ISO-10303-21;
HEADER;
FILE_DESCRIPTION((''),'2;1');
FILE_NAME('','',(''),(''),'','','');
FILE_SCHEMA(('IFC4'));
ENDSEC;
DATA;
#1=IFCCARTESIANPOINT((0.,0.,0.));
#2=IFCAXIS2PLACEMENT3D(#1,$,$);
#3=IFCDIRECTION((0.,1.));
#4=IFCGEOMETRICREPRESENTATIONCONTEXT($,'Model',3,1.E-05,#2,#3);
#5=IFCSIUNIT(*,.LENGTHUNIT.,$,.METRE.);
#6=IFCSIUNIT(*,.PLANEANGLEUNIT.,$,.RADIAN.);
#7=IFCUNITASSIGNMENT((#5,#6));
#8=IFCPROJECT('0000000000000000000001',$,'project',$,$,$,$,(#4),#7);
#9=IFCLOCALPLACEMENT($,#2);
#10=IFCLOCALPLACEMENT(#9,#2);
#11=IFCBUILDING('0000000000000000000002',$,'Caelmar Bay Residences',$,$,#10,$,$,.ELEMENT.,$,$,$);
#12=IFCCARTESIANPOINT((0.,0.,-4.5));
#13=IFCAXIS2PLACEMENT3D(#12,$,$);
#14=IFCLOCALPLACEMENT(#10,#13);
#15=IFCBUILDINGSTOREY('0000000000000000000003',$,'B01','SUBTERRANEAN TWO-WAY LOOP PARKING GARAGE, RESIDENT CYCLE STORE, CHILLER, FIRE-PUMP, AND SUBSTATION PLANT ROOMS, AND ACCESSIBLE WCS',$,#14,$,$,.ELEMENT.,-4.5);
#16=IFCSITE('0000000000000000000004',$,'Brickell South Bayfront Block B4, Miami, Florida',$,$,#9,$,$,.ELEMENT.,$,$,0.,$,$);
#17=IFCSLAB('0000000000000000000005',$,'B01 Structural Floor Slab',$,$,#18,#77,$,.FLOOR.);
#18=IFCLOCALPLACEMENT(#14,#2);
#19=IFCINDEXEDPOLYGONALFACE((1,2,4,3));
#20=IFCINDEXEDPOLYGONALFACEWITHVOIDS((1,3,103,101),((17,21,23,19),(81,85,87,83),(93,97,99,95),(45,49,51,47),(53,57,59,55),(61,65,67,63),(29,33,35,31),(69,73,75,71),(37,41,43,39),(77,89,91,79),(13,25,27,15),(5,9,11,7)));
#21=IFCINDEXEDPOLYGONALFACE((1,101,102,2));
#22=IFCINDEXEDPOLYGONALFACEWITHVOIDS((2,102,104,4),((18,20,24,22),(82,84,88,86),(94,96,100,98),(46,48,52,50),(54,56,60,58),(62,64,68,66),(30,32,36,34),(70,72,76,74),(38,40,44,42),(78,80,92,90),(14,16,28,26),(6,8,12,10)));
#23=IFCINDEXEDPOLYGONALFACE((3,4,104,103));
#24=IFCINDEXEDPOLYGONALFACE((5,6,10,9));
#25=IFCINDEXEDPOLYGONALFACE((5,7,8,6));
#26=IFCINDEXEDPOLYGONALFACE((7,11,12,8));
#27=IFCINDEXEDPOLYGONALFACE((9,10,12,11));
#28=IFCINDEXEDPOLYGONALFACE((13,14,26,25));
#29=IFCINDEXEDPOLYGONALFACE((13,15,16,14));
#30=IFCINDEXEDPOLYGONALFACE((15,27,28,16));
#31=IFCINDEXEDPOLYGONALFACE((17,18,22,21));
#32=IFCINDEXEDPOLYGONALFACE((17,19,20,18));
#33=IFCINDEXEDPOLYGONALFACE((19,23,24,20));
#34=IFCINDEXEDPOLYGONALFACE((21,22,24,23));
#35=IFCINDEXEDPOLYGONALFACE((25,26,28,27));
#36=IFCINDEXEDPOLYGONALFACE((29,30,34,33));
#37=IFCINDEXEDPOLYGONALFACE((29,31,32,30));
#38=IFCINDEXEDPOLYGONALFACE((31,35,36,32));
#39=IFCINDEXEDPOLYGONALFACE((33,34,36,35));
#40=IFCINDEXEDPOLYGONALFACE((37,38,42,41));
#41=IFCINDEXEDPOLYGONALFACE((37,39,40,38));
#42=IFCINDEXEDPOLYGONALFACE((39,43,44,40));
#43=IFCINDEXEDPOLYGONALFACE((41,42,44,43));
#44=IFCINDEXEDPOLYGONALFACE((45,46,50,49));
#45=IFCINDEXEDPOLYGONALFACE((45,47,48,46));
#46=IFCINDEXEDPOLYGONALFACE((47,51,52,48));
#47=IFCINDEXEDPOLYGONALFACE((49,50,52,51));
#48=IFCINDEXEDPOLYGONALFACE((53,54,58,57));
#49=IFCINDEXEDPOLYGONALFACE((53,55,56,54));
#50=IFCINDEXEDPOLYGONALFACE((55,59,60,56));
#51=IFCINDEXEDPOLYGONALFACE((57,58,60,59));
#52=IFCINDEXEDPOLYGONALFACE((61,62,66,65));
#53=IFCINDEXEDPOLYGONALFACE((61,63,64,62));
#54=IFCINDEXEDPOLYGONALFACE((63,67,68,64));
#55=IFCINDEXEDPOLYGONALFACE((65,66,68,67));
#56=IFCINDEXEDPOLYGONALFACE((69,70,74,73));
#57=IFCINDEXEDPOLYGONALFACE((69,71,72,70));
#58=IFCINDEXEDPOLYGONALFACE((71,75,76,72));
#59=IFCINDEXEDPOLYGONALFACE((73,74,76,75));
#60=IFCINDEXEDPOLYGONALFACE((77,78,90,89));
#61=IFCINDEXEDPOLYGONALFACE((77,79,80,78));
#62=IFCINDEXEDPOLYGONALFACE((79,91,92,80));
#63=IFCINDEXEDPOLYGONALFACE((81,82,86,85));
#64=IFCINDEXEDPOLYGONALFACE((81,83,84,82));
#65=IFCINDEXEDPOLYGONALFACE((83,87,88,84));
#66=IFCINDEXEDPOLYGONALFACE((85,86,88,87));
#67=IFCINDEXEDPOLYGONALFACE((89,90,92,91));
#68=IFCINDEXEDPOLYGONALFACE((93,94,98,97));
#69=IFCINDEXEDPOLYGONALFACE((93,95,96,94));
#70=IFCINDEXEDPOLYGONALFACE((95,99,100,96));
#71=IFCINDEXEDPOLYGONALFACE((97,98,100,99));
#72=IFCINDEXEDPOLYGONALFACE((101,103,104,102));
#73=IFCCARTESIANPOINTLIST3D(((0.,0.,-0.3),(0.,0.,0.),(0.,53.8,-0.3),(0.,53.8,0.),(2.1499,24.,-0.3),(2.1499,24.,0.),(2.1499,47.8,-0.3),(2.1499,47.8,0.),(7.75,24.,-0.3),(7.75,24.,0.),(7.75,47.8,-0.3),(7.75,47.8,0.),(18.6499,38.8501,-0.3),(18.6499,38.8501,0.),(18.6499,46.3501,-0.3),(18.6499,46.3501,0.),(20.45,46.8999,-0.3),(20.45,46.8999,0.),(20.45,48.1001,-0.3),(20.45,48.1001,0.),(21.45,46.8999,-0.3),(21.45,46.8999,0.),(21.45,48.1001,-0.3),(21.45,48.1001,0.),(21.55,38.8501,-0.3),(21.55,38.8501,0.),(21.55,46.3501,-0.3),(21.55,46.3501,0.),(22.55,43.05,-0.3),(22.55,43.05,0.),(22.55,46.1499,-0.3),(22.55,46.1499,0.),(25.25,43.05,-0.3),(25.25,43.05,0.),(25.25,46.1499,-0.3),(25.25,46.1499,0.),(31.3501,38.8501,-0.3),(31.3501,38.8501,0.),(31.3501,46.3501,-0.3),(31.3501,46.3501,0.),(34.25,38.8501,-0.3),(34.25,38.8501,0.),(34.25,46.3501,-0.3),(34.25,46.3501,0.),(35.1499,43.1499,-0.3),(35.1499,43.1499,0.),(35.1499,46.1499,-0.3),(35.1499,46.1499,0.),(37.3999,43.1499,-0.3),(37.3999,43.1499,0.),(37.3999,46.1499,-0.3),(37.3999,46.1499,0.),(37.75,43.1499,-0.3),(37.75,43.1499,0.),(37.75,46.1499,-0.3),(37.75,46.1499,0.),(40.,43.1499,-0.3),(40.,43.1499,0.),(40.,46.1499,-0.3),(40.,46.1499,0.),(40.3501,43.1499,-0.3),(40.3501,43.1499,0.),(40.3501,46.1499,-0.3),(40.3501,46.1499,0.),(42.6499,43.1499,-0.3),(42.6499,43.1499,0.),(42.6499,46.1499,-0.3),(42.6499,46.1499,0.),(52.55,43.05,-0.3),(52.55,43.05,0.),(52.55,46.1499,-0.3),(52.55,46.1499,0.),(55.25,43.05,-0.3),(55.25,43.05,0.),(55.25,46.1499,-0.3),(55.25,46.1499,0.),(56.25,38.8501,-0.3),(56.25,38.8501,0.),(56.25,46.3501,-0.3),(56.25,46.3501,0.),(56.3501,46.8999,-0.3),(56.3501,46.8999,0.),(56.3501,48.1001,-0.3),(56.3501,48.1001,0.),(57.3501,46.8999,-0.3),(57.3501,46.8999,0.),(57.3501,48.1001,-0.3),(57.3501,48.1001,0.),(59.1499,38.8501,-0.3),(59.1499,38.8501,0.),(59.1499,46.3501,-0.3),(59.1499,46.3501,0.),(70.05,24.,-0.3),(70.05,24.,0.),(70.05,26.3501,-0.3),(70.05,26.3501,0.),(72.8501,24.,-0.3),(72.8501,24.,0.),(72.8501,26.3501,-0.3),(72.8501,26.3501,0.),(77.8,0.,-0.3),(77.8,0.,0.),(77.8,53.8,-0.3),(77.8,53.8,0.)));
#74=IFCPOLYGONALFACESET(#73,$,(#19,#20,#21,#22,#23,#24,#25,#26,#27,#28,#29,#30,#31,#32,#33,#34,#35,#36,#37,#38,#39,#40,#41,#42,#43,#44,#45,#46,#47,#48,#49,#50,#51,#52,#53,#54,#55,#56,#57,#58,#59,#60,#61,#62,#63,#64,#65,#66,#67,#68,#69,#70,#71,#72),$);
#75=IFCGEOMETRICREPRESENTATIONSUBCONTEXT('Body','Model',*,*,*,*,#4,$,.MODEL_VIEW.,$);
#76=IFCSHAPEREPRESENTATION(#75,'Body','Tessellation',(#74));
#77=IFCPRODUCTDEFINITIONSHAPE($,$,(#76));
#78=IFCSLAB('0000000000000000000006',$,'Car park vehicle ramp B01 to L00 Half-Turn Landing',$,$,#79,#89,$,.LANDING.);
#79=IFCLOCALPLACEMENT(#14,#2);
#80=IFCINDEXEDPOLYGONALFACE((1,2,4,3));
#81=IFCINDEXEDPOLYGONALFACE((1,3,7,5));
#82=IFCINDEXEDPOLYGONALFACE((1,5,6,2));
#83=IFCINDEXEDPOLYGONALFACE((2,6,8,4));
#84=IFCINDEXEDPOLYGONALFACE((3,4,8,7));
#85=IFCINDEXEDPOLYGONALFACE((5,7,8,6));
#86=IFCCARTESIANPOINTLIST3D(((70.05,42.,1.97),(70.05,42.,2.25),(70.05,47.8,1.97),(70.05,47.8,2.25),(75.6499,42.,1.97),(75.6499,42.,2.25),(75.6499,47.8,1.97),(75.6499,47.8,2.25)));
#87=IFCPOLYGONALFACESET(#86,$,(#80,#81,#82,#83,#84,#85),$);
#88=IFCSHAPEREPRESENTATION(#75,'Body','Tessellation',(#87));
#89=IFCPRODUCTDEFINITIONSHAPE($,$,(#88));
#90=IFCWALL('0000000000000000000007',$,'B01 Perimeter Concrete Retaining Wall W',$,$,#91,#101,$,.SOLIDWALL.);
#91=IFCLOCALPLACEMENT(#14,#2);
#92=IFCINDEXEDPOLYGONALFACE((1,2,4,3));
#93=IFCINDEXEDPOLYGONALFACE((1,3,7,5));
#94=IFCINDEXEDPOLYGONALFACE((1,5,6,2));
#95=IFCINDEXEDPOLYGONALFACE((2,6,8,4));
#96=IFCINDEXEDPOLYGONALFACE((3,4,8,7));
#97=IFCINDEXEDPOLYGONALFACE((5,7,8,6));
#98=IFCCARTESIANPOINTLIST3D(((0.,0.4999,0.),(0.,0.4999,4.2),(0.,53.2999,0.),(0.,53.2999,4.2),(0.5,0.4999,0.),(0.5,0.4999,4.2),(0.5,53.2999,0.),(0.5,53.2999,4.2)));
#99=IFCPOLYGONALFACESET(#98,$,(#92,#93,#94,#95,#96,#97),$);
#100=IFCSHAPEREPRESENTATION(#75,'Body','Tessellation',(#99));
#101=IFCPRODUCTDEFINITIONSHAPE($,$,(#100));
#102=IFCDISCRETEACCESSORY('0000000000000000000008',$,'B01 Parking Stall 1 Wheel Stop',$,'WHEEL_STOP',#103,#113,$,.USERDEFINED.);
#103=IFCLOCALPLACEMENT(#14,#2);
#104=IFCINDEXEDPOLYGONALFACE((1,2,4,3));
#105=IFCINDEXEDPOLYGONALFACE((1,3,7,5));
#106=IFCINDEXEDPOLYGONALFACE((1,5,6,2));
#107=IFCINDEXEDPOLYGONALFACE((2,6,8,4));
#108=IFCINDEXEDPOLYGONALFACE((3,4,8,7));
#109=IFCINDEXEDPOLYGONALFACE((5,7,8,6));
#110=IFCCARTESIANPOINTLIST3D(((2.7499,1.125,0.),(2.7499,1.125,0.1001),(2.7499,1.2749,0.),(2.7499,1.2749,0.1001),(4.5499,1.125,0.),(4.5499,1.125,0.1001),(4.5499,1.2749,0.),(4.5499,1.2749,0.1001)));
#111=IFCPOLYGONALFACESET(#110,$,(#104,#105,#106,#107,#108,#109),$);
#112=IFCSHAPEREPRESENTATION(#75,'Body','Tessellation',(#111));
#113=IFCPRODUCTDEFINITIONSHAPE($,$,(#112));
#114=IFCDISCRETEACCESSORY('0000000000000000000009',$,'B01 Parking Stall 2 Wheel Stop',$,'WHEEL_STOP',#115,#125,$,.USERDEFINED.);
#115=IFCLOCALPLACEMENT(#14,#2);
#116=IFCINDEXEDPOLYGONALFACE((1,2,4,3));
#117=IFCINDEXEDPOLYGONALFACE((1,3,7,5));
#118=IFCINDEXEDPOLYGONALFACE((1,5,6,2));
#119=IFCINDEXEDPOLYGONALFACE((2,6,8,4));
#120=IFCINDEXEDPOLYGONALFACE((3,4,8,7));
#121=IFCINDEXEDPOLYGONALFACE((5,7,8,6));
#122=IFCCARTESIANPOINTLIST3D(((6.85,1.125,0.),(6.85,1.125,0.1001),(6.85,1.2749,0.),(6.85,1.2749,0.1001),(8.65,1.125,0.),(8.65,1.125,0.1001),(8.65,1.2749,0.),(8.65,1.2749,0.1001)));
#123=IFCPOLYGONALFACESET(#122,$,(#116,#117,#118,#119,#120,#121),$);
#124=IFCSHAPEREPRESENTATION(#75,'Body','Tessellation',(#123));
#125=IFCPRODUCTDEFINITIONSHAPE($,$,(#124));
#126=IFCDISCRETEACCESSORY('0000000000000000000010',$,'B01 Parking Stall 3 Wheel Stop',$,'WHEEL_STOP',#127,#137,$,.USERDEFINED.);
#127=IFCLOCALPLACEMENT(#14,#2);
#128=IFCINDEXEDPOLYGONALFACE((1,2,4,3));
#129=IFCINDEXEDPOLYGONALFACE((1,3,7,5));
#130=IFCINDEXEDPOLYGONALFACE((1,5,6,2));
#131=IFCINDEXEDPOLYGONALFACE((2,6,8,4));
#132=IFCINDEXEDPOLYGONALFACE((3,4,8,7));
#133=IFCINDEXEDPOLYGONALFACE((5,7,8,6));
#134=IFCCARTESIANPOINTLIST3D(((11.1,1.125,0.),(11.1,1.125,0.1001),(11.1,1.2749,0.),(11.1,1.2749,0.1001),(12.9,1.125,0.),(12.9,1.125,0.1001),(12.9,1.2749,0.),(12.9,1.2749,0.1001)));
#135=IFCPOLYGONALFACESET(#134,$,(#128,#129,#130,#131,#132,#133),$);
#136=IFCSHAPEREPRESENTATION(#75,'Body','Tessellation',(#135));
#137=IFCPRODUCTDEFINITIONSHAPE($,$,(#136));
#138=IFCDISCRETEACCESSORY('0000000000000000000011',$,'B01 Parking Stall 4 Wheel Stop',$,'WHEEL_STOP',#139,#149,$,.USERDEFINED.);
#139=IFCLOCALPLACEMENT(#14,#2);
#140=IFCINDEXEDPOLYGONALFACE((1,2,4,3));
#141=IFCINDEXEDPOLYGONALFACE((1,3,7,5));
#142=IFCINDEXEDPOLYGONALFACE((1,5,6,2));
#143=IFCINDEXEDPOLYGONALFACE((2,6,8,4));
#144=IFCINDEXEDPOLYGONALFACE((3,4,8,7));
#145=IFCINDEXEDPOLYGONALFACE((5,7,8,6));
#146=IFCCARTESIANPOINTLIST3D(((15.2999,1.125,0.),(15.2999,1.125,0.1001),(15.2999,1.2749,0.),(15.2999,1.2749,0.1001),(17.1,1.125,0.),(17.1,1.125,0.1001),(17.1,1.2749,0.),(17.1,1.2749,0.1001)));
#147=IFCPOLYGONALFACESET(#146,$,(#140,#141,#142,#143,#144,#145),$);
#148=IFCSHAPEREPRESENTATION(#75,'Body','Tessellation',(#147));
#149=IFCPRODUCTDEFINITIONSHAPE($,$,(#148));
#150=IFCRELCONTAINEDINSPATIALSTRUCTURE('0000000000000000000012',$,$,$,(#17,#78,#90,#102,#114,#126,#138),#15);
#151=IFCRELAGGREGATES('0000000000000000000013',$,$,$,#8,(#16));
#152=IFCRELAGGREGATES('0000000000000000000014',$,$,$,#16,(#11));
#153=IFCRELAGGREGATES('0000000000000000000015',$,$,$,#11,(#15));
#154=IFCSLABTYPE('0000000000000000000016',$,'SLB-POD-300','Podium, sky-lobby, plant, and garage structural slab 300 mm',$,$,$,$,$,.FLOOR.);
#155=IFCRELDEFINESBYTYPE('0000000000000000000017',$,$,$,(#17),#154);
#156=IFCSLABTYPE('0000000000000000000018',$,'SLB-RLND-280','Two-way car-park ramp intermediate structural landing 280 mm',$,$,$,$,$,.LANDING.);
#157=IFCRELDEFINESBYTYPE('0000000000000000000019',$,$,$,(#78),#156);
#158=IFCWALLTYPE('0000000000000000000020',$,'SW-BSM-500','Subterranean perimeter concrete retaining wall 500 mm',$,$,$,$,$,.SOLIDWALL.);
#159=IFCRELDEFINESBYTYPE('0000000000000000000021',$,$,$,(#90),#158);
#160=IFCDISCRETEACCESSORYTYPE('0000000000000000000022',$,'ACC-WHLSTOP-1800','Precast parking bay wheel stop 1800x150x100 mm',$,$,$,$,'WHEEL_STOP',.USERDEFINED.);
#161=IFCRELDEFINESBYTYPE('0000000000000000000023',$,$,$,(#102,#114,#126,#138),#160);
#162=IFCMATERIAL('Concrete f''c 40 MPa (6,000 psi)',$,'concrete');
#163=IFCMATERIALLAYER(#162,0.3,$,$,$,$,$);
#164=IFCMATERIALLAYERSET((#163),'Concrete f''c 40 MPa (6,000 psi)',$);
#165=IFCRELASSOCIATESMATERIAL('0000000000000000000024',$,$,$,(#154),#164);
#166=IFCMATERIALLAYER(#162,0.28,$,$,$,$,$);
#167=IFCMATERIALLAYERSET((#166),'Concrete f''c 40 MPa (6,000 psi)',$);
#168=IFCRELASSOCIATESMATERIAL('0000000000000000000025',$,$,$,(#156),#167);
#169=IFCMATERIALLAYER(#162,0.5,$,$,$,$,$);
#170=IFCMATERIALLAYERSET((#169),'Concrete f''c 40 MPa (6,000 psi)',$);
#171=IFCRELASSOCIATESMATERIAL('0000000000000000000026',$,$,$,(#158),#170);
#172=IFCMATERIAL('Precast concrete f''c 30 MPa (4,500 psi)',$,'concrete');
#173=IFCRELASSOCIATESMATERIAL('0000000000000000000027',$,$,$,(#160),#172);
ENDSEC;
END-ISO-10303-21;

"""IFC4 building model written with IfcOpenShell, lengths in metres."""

from ifc_helpers import new_model, si_unit, direction, frame, frame_2d, origin, origin_2d, place, context, subcontext, project, spatial, polyline, rectangle, outline, extrude, material, layer, layer_set, type_object, element, save


model = new_model("IFC4")

# Units and contexts
model_context = context("Model", 3, precision=1e-05, world=origin(), true_north=direction((0.0, 1.0)))
body_context = subcontext(model_context, "Body", "Model", "MODEL_VIEW")
ifc_project = project(units=[si_unit("LENGTHUNIT", "METRE"), si_unit("PLANEANGLEUNIT", "RADIAN")], contexts=[model_context])

# Site, building, storey
site_placement = place(None, origin())
site = spatial("IfcSite", under=ifc_project, at=site_placement, Name="Brickell South Bayfront Block B4, Miami, Florida", CompositionType="ELEMENT", RefElevation=0.0)
building_placement = place(site_placement, origin())
building = spatial("IfcBuilding", under=site, at=building_placement, Name="Caelmar Bay Residences", CompositionType="ELEMENT")
storey_placement = place(building_placement, frame((0.0, 0.0, -4.5)))
storey = spatial("IfcBuildingStorey", under=building, at=storey_placement, Name="B01", Description="SUBTERRANEAN TWO-WAY LOOP PARKING GARAGE, RESIDENT CYCLE STORE, CHILLER, FIRE-PUMP, AND SUBSTATION PLANT ROOMS, AND ACCESSIBLE WCS", CompositionType="ELEMENT", Elevation=-4.5)

# Shared definitions
ifc_material_1 = material(Name="Concrete f'c 40 MPa (6,000 psi)", Category="concrete")

# Slabs
ifc_layer_1 = layer(ifc_material_1, 0.3)
ifc_layer_set_1 = layer_set([ifc_layer_1], Name="Concrete f'c 40 MPa (6,000 psi)")
slab_type_1 = type_object("IfcSlabType", Name="SLB-POD-300", Description="Podium, sky-lobby, plant, and garage structural slab 300 mm", PredefinedType="FLOOR", material=ifc_layer_set_1)
slab_1_placement = place(storey_placement, frame((0.0, 0.0, -0.3)))
element("IfcSlab", 1, at=slab_1_placement, inside=storey, type_object=slab_type_1, Name="B01 Structural Floor Slab", PredefinedType="FLOOR", context=body_context, shape_type="SweptSolid", body=[
    extrude(outline(polyline([(0.0, 0.0), (77.8, 0.0), (77.8, 53.8), (0.0, 53.8), (0.0, 0.0)]), holes=[polyline([(18.6499, 38.8501), (21.55, 38.8501), (21.55, 46.3501), (18.6499, 46.3501), (18.6499, 38.8501)]), polyline([(56.25, 38.8501), (59.1499, 38.8501), (59.1499, 46.3501), (56.25, 46.3501), (56.25, 38.8501)]), polyline([(31.3501, 38.8501), (34.25, 38.8501), (34.25, 46.3501), (31.3501, 46.3501), (31.3501, 38.8501)]), polyline([(22.55, 43.05), (25.25, 43.05), (25.25, 46.1499), (22.55, 46.1499), (22.55, 43.05)]), polyline([(52.55, 43.05), (55.25, 43.05), (55.25, 46.1499), (52.55, 46.1499), (52.55, 43.05)]), polyline([(35.1499, 43.1499), (37.3999, 43.1499), (37.3999, 46.1499), (35.1499, 46.1499), (35.1499, 43.1499)]), polyline([(37.75, 43.1499), (40.0, 43.1499), (40.0, 46.1499), (37.75, 46.1499), (37.75, 43.1499)]), polyline([(40.3501, 43.1499), (42.6499, 43.1499), (42.6499, 46.1499), (40.3501, 46.1499), (40.3501, 43.1499)]), polyline([(20.45, 46.8999), (21.45, 46.8999), (21.45, 48.1001), (20.45, 48.1001), (20.45, 46.8999)]), polyline([(56.3501, 46.8999), (57.3501, 46.8999), (57.3501, 48.1001), (56.3501, 48.1001), (56.3501, 46.8999)]), polyline([(2.1499, 24.0), (7.75, 24.0), (7.75, 47.8), (2.1499, 47.8), (2.1499, 24.0)]), polyline([(70.05, 24.0), (72.8501, 24.0), (72.8501, 26.3501), (70.05, 26.3501), (70.05, 24.0)])]), origin(), (0.0, 0.0, 1.0), 0.3),
])
ifc_layer_2 = layer(ifc_material_1, 0.28)
ifc_layer_set_2 = layer_set([ifc_layer_2], Name="Concrete f'c 40 MPa (6,000 psi)")
slab_type_2 = type_object("IfcSlabType", Name="SLB-RLND-280", Description="Two-way car-park ramp intermediate structural landing 280 mm", PredefinedType="LANDING", material=ifc_layer_set_2)
slab_2_placement = place(storey_placement, frame((0.0, 0.0, 1.97)))
element("IfcSlab", 2, at=slab_2_placement, inside=storey, type_object=slab_type_2, Name="Car park vehicle ramp B01 to L00 Half-Turn Landing", PredefinedType="LANDING", context=body_context, shape_type="SweptSolid", body=[
    extrude(outline(polyline([(70.05, 42.0), (75.6499, 42.0), (75.6499, 47.8), (70.05, 47.8), (70.05, 42.0)])), origin(), (0.0, 0.0, 1.0), 0.28),
])

# Wall
ifc_layer_3 = layer(ifc_material_1, 0.5)
ifc_layer_set_3 = layer_set([ifc_layer_3], Name="Concrete f'c 40 MPa (6,000 psi)")
wall_type = type_object("IfcWallType", Name="SW-BSM-500", Description="Subterranean perimeter concrete retaining wall 500 mm", PredefinedType="SOLIDWALL", material=ifc_layer_set_3)
wall_placement = place(storey_placement, frame((0.25, 0.5, 0.0), z_axis=(0.0, 0.0, 1.0), x_axis=(0.0, 1.0, 0.0)))
element("IfcWall", 3, at=wall_placement, inside=storey, type_object=wall_type, Name="B01 Perimeter Concrete Retaining Wall W", PredefinedType="SOLIDWALL", context=body_context, shape_type="SweptSolid", body=[
    extrude(rectangle(XDim=52.8, YDim=0.5, at=frame_2d((26.3999, 0.0))), origin(), (0.0, 0.0, 1.0), 4.2),
])

# Discrete accessories
ifc_material_2 = material(Name="Precast concrete f'c 30 MPa (4,500 psi)", Category="concrete")
discrete_accessory_type = type_object("IfcDiscreteAccessoryType", Name="ACC-WHLSTOP-1800", Description="Precast parking bay wheel stop 1800x150x100 mm", ElementType="WHEEL_STOP", PredefinedType="USERDEFINED", material=ifc_material_2)
for number, where, z_axis, x_axis, name in (
    (4, (3.6499, 1.2, 0.0), (0.0, 0.0, 1.0), (1.0, 0.0, 0.0), "B01 Parking Stall 1 Wheel Stop"),
    (5, (7.75, 1.2, 0.0), (0.0, 0.0, 1.0), (1.0, 0.0, 0.0), "B01 Parking Stall 2 Wheel Stop"),
    (6, (12.0, 1.2, 0.0), (0.0, 0.0, 1.0), (1.0, 0.0, 0.0), "B01 Parking Stall 3 Wheel Stop"),
    (7, (16.2, 1.2, 0.0), (0.0, 0.0, 1.0), (1.0, 0.0, 0.0), "B01 Parking Stall 4 Wheel Stop"),
):
    element("IfcDiscreteAccessory", number, at=place(storey_placement, frame(where, z_axis=z_axis, x_axis=x_axis)), inside=storey, type_object=discrete_accessory_type, Name=name, ObjectType="WHEEL_STOP", PredefinedType="USERDEFINED", context=body_context, shape_type="SweptSolid", body=[
        extrude(rectangle(XDim=1.8, YDim=0.1499, at=origin_2d()), origin(), (0.0, 0.0, 1.0), 0.1001),
    ])

save(model, "model.ifc")
